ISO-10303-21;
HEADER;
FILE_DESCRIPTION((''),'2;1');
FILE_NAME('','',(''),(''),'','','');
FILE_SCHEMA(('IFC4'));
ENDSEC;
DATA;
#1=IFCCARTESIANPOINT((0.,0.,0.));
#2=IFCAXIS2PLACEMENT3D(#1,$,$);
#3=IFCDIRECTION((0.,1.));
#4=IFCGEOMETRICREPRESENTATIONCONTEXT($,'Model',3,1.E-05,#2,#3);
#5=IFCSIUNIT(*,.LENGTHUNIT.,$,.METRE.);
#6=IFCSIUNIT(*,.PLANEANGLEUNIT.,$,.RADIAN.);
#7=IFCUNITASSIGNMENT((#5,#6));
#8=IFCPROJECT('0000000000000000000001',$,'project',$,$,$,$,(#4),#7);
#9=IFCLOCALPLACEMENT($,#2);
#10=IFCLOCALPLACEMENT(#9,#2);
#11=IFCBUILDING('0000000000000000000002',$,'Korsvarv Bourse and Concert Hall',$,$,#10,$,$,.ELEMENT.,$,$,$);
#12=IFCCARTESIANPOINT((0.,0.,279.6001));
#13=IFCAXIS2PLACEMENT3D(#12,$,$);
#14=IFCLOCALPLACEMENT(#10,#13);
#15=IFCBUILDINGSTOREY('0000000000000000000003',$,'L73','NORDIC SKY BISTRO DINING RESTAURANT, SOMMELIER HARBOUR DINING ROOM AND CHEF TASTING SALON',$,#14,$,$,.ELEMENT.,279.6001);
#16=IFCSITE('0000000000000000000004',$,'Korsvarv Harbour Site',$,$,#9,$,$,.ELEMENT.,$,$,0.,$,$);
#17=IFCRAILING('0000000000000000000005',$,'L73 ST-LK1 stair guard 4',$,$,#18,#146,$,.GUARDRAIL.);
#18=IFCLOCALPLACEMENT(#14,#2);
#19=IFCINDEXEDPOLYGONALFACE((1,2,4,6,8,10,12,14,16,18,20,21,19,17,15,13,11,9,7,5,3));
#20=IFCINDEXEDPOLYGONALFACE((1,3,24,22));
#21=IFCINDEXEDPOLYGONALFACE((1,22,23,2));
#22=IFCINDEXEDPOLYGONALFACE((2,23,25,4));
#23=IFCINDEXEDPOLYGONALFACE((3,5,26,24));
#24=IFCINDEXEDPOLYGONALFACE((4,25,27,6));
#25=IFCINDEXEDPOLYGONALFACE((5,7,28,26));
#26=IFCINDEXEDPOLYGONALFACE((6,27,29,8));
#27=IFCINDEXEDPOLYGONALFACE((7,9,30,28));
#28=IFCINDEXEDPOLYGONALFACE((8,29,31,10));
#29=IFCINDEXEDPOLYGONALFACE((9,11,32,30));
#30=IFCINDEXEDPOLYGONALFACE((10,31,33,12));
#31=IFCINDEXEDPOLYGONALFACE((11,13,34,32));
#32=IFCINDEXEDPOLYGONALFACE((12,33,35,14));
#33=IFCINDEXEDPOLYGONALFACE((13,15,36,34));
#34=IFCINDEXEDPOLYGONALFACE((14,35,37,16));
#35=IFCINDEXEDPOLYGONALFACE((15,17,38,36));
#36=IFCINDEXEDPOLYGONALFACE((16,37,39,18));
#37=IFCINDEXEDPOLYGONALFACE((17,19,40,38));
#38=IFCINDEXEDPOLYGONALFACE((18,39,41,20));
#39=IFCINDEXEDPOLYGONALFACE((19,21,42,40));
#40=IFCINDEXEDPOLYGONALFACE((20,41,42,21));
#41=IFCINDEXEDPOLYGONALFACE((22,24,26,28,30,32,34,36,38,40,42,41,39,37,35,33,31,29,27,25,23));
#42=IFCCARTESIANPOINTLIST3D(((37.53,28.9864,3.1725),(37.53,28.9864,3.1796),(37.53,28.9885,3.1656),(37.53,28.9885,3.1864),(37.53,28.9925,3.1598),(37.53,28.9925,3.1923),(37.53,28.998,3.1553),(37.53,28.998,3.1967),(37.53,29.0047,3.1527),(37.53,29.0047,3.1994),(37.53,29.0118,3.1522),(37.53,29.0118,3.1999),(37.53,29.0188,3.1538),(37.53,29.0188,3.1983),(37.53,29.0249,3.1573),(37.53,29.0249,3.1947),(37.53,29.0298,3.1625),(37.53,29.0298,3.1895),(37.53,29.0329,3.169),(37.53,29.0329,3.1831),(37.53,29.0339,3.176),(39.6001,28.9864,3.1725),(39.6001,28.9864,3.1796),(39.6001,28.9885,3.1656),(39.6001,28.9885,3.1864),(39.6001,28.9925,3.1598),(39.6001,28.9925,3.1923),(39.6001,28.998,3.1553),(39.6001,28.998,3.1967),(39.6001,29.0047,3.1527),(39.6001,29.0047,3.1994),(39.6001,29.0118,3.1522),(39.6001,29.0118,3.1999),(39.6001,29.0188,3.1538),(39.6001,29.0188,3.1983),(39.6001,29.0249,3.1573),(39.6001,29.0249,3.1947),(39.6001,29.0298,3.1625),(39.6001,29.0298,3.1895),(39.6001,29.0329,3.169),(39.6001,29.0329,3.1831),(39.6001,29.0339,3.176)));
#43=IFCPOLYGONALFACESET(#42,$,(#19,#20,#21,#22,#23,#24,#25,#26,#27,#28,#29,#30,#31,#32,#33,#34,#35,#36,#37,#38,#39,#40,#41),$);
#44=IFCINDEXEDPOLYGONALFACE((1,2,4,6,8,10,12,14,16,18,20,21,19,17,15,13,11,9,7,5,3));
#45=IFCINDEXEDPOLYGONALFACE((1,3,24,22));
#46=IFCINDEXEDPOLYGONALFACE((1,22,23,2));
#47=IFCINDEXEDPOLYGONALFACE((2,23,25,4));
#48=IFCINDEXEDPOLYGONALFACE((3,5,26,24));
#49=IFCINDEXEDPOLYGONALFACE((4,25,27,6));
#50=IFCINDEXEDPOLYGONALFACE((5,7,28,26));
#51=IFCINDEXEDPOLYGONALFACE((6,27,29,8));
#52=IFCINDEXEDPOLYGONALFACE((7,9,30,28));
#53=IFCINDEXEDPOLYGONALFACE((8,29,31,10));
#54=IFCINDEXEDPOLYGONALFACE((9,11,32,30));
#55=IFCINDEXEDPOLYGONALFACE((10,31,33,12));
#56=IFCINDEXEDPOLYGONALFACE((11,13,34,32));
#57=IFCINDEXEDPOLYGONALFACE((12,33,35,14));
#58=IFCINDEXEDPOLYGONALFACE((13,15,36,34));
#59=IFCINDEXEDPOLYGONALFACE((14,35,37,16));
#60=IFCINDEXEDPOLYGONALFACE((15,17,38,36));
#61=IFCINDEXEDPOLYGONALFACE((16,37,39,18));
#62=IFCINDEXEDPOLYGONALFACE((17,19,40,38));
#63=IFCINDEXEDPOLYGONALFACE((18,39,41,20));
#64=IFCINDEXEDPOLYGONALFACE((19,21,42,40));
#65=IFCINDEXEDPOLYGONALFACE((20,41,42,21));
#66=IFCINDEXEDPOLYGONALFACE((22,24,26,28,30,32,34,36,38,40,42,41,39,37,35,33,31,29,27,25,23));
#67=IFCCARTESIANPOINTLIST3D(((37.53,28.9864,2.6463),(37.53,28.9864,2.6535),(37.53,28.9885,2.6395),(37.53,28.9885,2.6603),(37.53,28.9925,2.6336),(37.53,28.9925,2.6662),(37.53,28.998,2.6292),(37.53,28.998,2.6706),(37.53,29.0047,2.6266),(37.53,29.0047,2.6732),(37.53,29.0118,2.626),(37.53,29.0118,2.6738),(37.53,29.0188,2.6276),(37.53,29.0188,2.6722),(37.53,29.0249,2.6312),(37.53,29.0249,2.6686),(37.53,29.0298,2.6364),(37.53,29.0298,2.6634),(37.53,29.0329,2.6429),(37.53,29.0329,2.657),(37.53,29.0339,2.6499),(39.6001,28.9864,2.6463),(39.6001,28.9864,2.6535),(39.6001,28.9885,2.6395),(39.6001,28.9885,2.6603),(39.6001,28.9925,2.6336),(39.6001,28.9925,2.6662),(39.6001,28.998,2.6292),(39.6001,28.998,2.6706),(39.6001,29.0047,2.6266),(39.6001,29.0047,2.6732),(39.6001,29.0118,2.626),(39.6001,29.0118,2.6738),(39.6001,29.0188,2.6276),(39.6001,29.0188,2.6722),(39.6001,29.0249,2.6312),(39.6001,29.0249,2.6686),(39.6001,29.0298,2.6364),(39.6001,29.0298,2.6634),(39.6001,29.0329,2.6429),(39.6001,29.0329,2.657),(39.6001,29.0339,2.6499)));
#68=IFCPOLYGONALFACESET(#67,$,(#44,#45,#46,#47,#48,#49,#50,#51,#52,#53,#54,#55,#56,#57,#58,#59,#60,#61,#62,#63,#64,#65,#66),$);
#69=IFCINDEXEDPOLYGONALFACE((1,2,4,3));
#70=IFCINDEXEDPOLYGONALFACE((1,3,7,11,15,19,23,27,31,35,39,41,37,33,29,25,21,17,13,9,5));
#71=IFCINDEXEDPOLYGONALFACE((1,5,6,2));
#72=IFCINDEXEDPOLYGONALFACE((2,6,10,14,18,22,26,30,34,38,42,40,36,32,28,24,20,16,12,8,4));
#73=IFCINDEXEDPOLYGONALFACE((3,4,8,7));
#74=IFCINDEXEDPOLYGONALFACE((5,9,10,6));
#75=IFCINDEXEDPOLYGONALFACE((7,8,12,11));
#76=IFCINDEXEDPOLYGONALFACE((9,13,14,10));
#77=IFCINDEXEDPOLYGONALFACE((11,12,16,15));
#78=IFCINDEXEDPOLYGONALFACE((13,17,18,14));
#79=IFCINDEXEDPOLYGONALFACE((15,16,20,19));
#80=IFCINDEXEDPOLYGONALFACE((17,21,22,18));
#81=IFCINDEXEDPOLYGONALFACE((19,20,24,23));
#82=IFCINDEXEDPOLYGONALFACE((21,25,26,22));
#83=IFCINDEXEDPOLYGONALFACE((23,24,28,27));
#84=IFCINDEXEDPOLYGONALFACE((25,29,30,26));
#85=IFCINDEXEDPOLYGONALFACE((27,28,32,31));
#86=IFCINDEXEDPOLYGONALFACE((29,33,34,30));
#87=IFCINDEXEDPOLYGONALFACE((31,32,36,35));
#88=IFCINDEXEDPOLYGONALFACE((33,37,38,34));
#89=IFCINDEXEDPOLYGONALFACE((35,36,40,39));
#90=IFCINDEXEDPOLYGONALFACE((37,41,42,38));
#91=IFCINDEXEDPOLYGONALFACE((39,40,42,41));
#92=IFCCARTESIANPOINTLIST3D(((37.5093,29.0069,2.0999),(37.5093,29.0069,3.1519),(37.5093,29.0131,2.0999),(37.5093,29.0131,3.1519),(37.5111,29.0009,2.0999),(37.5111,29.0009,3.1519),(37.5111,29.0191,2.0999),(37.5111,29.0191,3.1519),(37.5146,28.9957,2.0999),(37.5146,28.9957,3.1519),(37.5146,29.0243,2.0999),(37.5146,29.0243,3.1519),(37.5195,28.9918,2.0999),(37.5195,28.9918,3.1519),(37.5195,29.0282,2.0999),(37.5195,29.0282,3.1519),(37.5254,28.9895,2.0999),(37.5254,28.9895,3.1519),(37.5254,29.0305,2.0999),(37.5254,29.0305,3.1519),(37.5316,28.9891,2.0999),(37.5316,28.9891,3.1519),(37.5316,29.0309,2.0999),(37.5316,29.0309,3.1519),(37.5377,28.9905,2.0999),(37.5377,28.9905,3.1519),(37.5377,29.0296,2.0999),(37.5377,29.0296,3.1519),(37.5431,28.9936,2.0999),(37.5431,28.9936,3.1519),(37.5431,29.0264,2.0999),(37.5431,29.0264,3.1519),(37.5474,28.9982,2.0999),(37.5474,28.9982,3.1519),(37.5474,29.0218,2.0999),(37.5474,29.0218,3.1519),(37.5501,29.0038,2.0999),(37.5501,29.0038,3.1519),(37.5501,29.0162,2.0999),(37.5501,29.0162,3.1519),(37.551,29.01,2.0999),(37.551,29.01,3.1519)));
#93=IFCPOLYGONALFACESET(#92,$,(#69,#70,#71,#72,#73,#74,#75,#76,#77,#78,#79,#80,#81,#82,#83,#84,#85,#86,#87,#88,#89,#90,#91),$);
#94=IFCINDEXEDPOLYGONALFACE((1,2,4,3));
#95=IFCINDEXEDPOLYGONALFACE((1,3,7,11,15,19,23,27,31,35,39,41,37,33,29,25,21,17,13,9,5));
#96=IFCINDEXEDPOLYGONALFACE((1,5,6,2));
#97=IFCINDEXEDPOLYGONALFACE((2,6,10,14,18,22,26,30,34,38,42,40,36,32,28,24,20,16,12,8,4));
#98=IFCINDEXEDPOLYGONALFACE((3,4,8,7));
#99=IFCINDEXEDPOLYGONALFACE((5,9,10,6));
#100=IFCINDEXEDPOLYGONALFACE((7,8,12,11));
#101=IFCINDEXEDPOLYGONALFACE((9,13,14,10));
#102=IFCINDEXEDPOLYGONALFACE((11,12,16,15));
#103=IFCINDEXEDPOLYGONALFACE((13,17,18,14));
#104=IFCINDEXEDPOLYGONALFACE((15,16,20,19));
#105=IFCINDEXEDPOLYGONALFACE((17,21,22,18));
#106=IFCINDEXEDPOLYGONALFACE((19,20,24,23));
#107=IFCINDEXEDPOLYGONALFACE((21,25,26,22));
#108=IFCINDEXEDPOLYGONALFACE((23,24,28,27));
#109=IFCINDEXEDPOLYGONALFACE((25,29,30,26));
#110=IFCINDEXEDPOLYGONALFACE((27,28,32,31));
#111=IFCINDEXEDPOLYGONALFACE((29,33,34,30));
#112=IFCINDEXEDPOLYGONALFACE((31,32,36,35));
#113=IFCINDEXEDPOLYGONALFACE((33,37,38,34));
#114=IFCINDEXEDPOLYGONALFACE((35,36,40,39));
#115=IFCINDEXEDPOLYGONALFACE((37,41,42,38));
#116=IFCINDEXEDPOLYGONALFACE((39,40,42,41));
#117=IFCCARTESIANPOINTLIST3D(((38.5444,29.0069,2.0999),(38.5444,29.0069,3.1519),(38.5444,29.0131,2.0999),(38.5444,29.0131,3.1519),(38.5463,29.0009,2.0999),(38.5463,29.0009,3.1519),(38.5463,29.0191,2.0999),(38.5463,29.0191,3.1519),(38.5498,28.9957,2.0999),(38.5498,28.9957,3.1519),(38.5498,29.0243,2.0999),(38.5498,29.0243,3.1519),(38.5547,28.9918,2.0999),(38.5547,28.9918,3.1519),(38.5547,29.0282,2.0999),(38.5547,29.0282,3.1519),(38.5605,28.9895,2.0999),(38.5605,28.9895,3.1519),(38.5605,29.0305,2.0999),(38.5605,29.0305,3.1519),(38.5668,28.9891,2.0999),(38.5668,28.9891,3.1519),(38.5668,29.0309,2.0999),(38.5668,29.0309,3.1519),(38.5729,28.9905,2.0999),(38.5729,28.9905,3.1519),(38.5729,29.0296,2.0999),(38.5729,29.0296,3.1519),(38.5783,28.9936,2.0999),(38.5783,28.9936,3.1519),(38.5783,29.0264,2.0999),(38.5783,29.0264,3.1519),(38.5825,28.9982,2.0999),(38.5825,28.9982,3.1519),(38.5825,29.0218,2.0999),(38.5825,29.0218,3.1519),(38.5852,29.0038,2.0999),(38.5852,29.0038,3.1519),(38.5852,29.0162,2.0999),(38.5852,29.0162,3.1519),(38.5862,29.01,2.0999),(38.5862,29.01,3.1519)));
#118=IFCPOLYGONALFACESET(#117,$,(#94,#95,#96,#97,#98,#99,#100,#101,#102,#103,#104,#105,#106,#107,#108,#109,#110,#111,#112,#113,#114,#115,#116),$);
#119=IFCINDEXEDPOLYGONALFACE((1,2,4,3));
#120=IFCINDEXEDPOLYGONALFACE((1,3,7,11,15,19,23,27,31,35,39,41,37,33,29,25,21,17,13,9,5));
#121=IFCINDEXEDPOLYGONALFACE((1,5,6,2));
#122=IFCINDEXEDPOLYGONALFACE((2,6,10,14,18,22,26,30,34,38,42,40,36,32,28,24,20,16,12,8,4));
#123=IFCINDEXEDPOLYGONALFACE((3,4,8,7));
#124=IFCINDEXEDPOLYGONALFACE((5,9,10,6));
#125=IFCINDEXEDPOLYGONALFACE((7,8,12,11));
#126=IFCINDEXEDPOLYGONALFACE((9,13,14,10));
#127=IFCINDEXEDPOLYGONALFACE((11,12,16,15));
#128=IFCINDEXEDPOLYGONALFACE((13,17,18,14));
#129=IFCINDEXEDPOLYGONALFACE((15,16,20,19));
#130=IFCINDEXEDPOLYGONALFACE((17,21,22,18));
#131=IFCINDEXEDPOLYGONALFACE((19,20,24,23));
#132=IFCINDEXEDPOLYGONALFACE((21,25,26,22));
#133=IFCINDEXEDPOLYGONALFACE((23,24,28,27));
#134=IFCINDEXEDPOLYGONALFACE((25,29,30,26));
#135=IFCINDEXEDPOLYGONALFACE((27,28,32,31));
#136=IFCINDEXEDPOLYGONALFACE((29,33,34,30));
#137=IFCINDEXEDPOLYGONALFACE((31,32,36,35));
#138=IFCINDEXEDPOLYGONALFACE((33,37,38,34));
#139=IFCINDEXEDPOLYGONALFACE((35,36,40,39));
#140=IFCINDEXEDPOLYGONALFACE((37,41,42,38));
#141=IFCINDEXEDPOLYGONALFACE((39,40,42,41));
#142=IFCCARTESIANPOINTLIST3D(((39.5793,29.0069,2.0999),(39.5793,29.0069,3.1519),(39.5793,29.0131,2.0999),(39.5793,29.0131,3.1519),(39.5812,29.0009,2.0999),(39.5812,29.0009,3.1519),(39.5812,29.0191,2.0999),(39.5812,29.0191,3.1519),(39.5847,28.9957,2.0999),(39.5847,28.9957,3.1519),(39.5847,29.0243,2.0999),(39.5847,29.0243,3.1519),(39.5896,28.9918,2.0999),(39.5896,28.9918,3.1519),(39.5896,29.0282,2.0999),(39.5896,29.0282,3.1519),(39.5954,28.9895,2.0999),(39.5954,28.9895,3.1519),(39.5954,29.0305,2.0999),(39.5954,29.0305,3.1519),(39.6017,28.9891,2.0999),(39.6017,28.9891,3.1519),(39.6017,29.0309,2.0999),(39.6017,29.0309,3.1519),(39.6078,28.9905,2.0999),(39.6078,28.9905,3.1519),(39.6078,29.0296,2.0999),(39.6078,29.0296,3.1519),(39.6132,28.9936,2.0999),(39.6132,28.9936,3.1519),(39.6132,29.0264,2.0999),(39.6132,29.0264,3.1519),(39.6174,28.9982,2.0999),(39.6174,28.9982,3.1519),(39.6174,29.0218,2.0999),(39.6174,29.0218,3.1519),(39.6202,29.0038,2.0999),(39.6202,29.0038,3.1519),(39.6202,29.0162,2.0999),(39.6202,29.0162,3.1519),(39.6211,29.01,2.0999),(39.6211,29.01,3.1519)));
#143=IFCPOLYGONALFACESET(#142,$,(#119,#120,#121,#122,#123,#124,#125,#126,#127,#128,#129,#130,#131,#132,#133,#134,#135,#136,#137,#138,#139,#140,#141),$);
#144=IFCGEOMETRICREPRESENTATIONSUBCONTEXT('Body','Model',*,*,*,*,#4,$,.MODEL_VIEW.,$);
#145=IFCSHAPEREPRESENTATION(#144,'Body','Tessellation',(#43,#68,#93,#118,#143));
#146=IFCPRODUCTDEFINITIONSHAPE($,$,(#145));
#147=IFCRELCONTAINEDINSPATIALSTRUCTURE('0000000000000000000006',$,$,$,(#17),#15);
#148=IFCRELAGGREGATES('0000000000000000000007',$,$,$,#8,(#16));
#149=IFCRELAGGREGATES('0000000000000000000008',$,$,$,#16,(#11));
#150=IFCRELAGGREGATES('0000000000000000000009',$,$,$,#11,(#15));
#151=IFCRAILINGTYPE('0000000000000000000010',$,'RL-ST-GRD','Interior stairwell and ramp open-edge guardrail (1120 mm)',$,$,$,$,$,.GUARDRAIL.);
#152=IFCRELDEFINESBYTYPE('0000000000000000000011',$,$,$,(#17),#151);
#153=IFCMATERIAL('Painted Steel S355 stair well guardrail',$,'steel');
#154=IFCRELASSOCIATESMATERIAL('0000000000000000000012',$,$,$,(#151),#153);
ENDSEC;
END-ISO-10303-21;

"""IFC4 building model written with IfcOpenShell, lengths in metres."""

from ifc_helpers import new_model, si_unit, direction, frame, origin, origin_2d, place, context, subcontext, project, spatial, circle, extrude, material, type_object, element, save


model = new_model("IFC4")

# Units and contexts
model_context = context("Model", 3, precision=1e-05, world=origin(), true_north=direction((0.0, 1.0)))
body_context = subcontext(model_context, "Body", "Model", "MODEL_VIEW")
ifc_project = project(units=[si_unit("LENGTHUNIT", "METRE"), si_unit("PLANEANGLEUNIT", "RADIAN")], contexts=[model_context])

# Site, building, storey
site_placement = place(None, origin())
site = spatial("IfcSite", under=ifc_project, at=site_placement, Name="Korsvarv Harbour Site", CompositionType="ELEMENT", RefElevation=0.0)
building_placement = place(site_placement, origin())
building = spatial("IfcBuilding", under=site, at=building_placement, Name="Korsvarv Bourse and Concert Hall", CompositionType="ELEMENT")
storey_placement = place(building_placement, frame((0.0, 0.0, 279.6001)))
storey = spatial("IfcBuildingStorey", under=building, at=storey_placement, Name="L73", Description="NORDIC SKY BISTRO DINING RESTAURANT, SOMMELIER HARBOUR DINING ROOM AND CHEF TASTING SALON", CompositionType="ELEMENT", Elevation=279.6001)

# Railing
ifc_material_1 = material(Name="Painted Steel S355 stair well guardrail", Category="steel")
railing_type_1 = type_object("IfcRailingType", Name="RL-ST-GRD", Description="Interior stairwell and ramp open-edge guardrail (1120 mm)", PredefinedType="GUARDRAIL", material=ifc_material_1)
railing_1_placement = place(storey_placement, frame((37.53, 29.01, 2.0999)))
element("IfcRailing", 1, at=railing_1_placement, inside=storey, type_object=railing_type_1, Name="L73 ST-LK1 stair guard 4", PredefinedType="GUARDRAIL", context=body_context, shape_type="SweptSolid", body=[
    extrude(circle(Radius=0.0239, at=origin_2d()), frame((0.0, 0.0, 1.0762), z_axis=(1.0, 0.0, 0.0), x_axis=(0.0, 1.0, 0.0)), (0.0, 0.0, 1.0), 2.0701),
    extrude(circle(Radius=0.0239, at=origin_2d()), frame((0.0, 0.0, 0.55), z_axis=(1.0, 0.0, 0.0), x_axis=(0.0, 1.0, 0.0)), (0.0, 0.0, 1.0), 2.0701),
    extrude(circle(Radius=0.021, at=origin_2d()), origin(), (0.0, 0.0, 1.0), 1.052),
    extrude(circle(Radius=0.021, at=origin_2d()), frame((1.0352, 0.0, 0.0)), (0.0, 0.0, 1.0), 1.052),
    extrude(circle(Radius=0.021, at=origin_2d()), frame((2.0701, 0.0, 0.0)), (0.0, 0.0, 1.0), 1.052),
])

save(model, "model.ifc")
